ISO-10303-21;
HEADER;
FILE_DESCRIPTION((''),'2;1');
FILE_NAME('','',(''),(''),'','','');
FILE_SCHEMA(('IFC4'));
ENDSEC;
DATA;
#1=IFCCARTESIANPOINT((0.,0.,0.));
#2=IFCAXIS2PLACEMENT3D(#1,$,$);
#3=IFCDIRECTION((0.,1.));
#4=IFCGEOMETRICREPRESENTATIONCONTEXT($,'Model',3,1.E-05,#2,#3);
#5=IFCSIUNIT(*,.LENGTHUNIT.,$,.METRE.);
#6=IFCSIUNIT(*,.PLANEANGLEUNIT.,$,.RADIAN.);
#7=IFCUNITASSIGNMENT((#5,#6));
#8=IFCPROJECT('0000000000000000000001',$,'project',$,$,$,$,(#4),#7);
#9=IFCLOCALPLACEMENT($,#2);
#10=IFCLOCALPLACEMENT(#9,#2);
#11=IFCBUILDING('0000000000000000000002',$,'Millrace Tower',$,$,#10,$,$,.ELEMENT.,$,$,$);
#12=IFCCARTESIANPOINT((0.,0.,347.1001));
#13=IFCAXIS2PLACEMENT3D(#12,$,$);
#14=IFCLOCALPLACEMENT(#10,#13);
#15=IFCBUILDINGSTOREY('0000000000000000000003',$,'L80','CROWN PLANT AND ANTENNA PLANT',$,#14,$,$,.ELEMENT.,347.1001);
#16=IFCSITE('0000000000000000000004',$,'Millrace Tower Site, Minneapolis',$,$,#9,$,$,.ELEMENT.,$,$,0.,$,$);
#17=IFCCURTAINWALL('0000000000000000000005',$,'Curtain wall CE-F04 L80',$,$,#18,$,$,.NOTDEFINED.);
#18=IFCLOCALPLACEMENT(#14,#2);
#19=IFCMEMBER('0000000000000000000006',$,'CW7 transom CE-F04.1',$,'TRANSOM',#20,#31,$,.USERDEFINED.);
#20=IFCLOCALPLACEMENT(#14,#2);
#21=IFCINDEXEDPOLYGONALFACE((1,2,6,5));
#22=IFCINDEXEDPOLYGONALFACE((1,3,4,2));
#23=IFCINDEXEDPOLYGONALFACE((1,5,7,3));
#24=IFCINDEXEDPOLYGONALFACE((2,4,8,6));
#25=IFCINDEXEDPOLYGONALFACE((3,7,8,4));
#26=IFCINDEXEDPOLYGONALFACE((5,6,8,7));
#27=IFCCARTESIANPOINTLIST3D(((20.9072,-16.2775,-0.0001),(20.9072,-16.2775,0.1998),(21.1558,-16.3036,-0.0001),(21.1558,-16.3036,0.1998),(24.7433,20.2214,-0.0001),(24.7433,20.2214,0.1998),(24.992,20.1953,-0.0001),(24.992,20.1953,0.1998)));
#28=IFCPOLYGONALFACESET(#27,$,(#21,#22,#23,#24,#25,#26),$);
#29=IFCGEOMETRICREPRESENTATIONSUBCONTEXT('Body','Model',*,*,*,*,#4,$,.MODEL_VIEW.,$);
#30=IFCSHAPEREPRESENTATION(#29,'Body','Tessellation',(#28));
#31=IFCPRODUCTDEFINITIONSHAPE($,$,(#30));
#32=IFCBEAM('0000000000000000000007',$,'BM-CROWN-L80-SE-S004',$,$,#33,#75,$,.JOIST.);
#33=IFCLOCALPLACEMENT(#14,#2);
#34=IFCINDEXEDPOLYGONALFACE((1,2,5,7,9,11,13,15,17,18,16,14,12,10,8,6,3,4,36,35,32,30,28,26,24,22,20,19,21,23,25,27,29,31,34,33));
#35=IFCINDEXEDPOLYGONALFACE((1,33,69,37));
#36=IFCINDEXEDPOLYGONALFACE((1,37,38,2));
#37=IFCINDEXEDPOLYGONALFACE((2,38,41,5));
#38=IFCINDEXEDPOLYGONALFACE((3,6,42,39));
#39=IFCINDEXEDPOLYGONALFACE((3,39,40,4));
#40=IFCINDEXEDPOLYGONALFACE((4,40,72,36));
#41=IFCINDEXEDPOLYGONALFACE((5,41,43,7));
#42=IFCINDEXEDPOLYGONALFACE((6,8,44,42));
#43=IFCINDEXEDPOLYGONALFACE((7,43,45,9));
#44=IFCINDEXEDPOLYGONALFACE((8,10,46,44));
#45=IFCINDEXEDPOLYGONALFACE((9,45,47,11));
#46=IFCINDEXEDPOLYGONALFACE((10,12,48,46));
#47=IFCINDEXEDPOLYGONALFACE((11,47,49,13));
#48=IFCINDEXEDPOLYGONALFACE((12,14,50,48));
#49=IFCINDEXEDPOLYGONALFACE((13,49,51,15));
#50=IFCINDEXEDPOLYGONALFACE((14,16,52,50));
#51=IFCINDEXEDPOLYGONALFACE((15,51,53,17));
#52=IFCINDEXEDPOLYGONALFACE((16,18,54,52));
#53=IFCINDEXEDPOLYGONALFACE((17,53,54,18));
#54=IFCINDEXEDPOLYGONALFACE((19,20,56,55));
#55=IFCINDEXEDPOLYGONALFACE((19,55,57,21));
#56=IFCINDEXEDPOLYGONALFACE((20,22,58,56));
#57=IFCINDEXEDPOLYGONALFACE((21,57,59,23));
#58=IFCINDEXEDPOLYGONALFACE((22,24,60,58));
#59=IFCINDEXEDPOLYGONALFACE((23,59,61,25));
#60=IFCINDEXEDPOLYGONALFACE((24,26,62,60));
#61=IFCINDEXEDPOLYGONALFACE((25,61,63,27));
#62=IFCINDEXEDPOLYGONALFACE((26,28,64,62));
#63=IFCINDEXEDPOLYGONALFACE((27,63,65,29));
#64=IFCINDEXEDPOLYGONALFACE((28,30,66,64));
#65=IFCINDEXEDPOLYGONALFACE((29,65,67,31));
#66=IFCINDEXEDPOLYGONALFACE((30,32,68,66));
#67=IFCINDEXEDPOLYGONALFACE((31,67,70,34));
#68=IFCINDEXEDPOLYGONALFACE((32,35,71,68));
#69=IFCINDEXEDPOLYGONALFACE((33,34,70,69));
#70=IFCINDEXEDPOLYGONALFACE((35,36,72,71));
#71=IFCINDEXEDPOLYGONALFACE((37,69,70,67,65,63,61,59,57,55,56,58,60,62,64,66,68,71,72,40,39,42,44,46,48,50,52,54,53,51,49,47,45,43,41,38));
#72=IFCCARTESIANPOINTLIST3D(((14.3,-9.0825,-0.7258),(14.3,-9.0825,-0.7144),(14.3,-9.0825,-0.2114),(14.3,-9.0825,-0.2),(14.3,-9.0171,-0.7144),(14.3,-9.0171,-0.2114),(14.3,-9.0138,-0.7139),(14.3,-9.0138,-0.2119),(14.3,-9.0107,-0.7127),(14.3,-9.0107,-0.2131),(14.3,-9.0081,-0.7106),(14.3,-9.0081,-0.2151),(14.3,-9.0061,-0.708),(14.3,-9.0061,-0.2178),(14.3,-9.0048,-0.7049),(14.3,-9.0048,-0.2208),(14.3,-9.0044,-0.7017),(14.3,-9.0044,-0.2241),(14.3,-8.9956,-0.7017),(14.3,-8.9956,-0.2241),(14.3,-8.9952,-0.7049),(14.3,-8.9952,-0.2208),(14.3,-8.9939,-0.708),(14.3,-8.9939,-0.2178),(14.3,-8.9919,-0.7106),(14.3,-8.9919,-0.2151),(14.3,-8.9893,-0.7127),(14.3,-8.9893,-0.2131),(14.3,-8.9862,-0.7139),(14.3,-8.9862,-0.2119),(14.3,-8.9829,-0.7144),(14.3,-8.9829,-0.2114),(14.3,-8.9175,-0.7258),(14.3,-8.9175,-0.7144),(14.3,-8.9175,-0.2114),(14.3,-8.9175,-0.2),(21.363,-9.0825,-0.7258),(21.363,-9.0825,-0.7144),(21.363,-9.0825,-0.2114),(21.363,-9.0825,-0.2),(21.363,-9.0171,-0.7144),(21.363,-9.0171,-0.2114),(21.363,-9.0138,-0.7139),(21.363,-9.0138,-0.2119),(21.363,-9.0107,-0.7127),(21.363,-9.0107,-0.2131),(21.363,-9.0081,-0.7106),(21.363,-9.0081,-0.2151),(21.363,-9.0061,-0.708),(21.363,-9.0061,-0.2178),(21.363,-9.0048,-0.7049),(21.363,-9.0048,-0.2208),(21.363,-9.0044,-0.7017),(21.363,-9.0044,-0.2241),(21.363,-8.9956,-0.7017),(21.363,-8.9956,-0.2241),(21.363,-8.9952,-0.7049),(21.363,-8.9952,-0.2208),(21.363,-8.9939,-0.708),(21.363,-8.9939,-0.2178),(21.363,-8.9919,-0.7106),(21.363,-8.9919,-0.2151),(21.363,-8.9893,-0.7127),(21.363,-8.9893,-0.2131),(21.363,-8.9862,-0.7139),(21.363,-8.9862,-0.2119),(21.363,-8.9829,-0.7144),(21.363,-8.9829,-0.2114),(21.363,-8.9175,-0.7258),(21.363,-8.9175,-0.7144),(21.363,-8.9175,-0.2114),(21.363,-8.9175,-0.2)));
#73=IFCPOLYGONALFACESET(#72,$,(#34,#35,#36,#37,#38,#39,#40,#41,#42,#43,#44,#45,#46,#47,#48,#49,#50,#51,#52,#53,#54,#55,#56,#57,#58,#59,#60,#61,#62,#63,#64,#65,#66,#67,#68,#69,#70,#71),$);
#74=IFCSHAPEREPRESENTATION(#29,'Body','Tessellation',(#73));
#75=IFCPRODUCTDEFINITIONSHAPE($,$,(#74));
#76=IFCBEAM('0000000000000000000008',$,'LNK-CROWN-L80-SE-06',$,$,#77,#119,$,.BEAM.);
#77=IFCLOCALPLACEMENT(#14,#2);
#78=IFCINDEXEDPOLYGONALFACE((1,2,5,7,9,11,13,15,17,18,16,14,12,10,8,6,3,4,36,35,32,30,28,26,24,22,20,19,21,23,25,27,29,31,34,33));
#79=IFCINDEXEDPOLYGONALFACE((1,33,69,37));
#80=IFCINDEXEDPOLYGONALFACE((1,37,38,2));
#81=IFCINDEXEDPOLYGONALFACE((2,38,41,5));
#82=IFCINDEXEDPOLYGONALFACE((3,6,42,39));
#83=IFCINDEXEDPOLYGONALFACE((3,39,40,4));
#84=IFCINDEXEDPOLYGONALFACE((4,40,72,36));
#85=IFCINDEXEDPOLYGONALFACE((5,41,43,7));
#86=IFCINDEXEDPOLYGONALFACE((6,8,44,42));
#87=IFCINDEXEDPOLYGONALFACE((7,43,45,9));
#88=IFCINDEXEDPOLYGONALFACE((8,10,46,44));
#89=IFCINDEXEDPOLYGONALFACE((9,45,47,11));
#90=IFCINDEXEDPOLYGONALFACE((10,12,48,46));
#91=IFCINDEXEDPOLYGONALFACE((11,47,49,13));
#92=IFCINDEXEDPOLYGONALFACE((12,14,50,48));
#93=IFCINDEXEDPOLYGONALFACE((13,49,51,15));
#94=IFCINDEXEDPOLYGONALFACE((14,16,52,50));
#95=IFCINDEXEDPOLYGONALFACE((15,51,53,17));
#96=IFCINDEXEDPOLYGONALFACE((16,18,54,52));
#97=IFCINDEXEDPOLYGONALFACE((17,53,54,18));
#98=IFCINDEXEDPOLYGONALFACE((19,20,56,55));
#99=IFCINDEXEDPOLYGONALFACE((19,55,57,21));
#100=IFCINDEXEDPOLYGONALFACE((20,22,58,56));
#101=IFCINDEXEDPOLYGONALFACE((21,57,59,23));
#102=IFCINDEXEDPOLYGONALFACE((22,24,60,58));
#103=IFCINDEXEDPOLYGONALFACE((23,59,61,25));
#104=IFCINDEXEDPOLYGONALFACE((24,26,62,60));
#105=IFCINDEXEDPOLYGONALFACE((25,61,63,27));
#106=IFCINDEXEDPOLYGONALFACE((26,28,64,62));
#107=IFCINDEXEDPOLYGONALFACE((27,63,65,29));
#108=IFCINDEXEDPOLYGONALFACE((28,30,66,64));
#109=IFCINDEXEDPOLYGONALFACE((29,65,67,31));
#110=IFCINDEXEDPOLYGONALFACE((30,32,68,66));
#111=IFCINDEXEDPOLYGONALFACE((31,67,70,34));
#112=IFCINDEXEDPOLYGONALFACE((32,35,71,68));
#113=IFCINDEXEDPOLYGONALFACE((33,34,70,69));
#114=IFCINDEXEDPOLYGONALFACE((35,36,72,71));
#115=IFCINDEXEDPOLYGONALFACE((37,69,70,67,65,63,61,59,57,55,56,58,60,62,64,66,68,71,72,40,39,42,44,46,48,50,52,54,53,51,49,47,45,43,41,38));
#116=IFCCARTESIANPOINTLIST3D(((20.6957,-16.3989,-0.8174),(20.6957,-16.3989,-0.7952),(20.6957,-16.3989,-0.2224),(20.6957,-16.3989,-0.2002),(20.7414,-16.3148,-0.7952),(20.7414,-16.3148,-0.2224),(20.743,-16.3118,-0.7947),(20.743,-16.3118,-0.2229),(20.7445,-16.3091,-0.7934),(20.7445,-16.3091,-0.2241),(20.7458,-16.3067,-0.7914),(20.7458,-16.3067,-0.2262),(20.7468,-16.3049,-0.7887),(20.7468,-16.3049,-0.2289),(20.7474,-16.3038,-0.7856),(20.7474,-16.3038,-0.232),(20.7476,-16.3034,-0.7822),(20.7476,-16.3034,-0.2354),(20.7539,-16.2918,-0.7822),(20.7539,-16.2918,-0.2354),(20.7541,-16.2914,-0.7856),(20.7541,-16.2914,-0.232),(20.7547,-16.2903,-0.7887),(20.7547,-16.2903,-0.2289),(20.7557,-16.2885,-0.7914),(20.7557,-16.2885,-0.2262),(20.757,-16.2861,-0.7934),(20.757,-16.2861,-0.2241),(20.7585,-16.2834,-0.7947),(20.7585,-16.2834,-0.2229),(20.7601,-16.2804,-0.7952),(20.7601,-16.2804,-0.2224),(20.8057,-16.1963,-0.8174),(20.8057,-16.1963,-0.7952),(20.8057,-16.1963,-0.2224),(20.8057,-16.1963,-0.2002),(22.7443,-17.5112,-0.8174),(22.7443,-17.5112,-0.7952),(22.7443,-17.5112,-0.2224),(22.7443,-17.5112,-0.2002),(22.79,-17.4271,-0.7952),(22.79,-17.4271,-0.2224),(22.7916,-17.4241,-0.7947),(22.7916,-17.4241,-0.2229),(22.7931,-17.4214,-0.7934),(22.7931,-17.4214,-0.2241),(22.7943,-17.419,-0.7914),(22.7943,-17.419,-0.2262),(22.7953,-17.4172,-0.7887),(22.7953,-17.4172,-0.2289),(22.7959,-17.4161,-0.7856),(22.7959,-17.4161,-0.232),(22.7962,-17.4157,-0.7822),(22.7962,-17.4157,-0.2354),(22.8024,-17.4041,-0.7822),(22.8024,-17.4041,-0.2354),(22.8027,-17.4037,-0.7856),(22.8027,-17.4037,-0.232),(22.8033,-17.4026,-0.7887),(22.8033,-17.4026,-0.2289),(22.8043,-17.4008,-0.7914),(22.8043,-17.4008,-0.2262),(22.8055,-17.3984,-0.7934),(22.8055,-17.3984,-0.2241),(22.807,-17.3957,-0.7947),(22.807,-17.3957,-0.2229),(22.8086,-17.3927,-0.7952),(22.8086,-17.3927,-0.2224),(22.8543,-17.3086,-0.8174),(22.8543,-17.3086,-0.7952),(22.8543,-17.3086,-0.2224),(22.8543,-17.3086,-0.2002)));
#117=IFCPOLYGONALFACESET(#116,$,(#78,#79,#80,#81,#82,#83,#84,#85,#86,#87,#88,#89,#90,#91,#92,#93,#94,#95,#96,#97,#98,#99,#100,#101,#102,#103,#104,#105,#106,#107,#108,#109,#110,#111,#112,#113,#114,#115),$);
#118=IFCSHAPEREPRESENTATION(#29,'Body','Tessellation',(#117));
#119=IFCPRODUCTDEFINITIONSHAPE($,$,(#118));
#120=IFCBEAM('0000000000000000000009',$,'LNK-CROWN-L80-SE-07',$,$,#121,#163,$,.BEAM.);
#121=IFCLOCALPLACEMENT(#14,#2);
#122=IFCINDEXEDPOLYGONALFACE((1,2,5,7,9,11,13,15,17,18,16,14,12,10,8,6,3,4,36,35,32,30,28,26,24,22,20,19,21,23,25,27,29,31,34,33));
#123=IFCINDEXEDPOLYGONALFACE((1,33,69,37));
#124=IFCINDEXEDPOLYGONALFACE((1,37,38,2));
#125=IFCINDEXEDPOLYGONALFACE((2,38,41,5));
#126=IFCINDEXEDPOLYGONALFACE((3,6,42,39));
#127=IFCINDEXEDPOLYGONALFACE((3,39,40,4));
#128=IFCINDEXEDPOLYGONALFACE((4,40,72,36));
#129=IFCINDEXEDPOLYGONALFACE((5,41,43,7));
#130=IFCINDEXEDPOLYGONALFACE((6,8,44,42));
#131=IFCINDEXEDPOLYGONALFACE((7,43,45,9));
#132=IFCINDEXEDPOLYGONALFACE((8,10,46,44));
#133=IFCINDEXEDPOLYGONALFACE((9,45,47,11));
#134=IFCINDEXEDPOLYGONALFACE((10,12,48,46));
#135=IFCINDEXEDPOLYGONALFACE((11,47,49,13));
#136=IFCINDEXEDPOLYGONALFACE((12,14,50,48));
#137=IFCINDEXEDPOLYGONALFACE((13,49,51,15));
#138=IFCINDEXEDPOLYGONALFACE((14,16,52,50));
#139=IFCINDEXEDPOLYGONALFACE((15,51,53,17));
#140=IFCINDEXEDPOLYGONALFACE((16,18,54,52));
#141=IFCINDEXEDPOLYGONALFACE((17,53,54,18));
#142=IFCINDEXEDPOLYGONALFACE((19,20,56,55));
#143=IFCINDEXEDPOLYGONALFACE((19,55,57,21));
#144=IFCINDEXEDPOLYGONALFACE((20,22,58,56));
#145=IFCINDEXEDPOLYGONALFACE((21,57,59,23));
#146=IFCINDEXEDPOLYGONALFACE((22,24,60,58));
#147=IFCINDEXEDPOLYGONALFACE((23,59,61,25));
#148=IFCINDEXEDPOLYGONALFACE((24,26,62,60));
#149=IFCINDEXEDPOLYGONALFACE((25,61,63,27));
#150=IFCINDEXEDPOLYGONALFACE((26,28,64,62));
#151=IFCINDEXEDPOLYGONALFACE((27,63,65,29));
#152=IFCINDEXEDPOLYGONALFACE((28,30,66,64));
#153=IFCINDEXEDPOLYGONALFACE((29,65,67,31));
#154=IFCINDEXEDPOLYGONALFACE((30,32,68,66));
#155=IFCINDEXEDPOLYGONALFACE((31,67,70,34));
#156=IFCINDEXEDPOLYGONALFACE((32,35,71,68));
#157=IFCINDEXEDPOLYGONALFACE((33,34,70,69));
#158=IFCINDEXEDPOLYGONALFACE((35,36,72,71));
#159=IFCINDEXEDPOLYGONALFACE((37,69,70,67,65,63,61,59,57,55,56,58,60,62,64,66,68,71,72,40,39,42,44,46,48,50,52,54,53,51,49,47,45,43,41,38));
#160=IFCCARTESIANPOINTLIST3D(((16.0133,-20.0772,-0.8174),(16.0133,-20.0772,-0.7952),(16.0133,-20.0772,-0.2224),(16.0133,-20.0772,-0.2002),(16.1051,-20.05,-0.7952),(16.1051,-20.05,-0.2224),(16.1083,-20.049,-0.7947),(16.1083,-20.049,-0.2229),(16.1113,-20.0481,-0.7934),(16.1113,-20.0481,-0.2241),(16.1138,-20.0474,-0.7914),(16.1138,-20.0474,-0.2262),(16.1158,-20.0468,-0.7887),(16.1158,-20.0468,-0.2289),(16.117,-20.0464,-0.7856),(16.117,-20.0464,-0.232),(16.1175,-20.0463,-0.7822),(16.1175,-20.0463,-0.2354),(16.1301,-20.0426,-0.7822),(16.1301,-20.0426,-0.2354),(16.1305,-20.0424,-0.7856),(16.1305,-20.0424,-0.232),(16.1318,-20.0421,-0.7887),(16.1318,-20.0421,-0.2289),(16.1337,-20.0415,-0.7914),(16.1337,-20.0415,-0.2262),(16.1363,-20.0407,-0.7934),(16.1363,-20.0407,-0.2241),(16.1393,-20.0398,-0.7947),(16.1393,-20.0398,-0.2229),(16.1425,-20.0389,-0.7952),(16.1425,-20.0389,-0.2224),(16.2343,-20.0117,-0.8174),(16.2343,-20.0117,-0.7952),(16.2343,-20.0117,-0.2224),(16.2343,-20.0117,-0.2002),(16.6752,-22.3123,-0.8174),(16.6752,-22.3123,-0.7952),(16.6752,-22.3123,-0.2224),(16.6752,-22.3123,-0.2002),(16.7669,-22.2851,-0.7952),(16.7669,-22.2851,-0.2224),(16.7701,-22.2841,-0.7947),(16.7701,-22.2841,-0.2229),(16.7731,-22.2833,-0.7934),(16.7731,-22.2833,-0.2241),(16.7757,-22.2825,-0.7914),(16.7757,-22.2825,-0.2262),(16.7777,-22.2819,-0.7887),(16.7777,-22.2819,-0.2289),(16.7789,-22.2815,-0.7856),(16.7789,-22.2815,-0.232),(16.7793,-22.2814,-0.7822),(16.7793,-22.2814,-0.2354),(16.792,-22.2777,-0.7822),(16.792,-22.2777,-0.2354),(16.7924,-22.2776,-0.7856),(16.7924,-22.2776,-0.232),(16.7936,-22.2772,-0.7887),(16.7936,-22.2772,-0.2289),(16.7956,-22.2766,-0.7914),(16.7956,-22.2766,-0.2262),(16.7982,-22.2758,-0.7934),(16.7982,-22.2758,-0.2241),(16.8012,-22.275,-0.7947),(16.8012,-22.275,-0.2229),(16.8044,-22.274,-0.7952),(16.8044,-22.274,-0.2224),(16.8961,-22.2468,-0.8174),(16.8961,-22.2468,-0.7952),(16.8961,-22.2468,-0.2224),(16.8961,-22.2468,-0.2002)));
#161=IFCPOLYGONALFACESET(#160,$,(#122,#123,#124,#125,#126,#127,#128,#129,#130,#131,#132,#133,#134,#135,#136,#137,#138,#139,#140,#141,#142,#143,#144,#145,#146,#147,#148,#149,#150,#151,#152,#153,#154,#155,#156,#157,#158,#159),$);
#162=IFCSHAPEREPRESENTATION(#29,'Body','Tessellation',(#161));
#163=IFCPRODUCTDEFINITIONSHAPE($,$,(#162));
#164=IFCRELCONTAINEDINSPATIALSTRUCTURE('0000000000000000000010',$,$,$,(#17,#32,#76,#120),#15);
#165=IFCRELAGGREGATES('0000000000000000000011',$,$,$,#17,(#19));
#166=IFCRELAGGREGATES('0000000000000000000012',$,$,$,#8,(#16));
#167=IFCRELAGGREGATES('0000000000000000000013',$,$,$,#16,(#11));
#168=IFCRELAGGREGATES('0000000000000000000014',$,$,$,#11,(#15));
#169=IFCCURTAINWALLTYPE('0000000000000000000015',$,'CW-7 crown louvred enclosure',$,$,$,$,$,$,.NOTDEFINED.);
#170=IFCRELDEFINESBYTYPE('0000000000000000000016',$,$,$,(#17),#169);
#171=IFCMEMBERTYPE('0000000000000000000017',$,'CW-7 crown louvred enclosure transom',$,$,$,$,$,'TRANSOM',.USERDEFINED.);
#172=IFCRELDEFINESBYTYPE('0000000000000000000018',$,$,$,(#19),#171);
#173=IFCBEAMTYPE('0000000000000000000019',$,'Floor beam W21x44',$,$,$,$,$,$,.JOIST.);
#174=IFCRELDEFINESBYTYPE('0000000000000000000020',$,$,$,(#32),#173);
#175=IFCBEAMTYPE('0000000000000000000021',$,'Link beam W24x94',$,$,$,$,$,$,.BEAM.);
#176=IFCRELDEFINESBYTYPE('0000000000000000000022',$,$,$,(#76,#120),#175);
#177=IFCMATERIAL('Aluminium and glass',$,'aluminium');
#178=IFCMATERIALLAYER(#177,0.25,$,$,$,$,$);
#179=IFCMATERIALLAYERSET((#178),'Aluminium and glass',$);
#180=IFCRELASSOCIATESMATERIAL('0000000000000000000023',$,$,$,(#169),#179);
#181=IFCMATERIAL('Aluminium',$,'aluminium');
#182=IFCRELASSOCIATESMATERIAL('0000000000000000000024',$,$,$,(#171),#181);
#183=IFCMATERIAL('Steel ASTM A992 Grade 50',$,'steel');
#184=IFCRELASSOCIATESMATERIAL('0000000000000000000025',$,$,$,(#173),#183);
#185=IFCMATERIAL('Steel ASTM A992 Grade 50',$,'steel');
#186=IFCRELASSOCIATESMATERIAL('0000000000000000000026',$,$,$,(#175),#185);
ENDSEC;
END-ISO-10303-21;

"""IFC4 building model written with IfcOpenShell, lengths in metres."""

from ifc_helpers import new_model, si_unit, direction, frame, origin, origin_2d, place, context, subcontext, project, spatial, rectangle, i_section, extrude, material, layer, layer_set, material_profile, profile_set, type_object, element, aggregate, save


model = new_model("IFC4")

# Units and contexts
model_context = context("Model", 3, precision=1e-05, world=origin(), true_north=direction((0.0, 1.0)))
body_context = subcontext(model_context, "Body", "Model", "MODEL_VIEW")
ifc_project = project(units=[si_unit("LENGTHUNIT", "METRE"), si_unit("PLANEANGLEUNIT", "RADIAN")], contexts=[model_context])

# Site, building, storey
site_placement = place(None, origin())
site = spatial("IfcSite", under=ifc_project, at=site_placement, Name="Millrace Tower Site, Minneapolis", CompositionType="ELEMENT", RefElevation=0.0)
building_placement = place(site_placement, origin())
building = spatial("IfcBuilding", under=site, at=building_placement, Name="Millrace Tower", CompositionType="ELEMENT")
storey_placement = place(building_placement, frame((0.0, 0.0, 347.1001)))
storey = spatial("IfcBuildingStorey", under=building, at=storey_placement, Name="L80", Description="CROWN PLANT AND ANTENNA PLANT", CompositionType="ELEMENT", Elevation=347.1001)

# Shared definitions
ifc_material_1 = material(Name="Aluminium and glass", Category="aluminium")
ifc_layer_1 = layer(ifc_material_1, 0.25)
ifc_layer_set_1 = layer_set([ifc_layer_1], Name="Aluminium and glass")
curtain_wall_type = type_object("IfcCurtainWallType", Name="CW-7 crown louvred enclosure", PredefinedType="NOTDEFINED", material=ifc_layer_set_1)
placement = place(storey_placement, origin())

# Curtain wall
curtain_wall_1 = element("IfcCurtainWall", 1, at=placement, inside=storey, type_object=curtain_wall_type, Name="Curtain wall CE-F04 L80", PredefinedType="NOTDEFINED")

# Member
ifc_material_2 = material(Name="Aluminium", Category="aluminium")
ifc_material_profile_1 = material_profile(ifc_material_2, rectangle(XDim=0.25, YDim=0.2, at=origin_2d()))
ifc_profile_set_1 = profile_set([ifc_material_profile_1], Name="Aluminium")
member_type_1 = type_object("IfcMemberType", Name="CW-7 crown louvred enclosure transom", ElementType="TRANSOM", PredefinedType="USERDEFINED", material=ifc_profile_set_1)
member_1_placement = place(storey_placement, frame((21.0315, -16.2905, 0.0999), z_axis=(0.104528, 0.994522, 0.0), x_axis=(-0.994522, 0.104528, 0.0)))
member_1 = element("IfcMember", 2, at=member_1_placement, type_object=member_type_1, Name="CW7 transom CE-F04.1", ObjectType="TRANSOM", PredefinedType="USERDEFINED", context=body_context, shape_type="SweptSolid", body=[
    extrude(rectangle(XDim=0.25, YDim=0.2, at=origin_2d()), origin(), (0.0, 0.0, 1.0), 36.7),
])
aggregate(curtain_wall_1, [member_1])

# Beams
ifc_material_3 = material(Name="Steel ASTM A992 Grade 50", Category="steel")
ifc_material_profile_2 = material_profile(ifc_material_3, i_section(OverallWidth=0.165, OverallDepth=0.5259, WebThickness=0.0088, FlangeThickness=0.0115, FilletRadius=0.0127, at=origin_2d()))
ifc_profile_set_2 = profile_set([ifc_material_profile_2], Name="Steel ASTM A992 Grade 50")
beam_type_1 = type_object("IfcBeamType", Name="Floor beam W21x44", PredefinedType="JOIST", material=ifc_profile_set_2)
beam_1_placement = place(storey_placement, frame((14.3, -9.0, -0.4629), z_axis=(1.0, 0.0, 0.0), x_axis=(0.0, 1.0, 0.0)))
element("IfcBeam", 3, at=beam_1_placement, inside=storey, type_object=beam_type_1, Name="BM-CROWN-L80-SE-S004", PredefinedType="JOIST", context=body_context, shape_type="SweptSolid", body=[
    extrude(i_section(OverallWidth=0.165, OverallDepth=0.5259, WebThickness=0.0088, FlangeThickness=0.0115, FilletRadius=0.0127, at=origin_2d()), origin(), (0.0, 0.0, 1.0), 7.063),
])
ifc_material_4 = material(Name="Steel ASTM A992 Grade 50", Category="steel")
ifc_material_profile_3 = material_profile(ifc_material_4, i_section(OverallWidth=0.2305, OverallDepth=0.6172, WebThickness=0.0132, FlangeThickness=0.0222, FilletRadius=0.0129, at=origin_2d()))
ifc_profile_set_3 = profile_set([ifc_material_profile_3], Name="Steel ASTM A992 Grade 50")
beam_type_2 = type_object("IfcBeamType", Name="Link beam W24x94", PredefinedType="BEAM", material=ifc_profile_set_3)
for number, where, z_axis, x_axis, name in (
    (4, (20.7507, -16.2976, -0.5088), (0.878815, -0.477164, 0.0), (0.477164, 0.878815, 0.0), "LNK-CROWN-L80-SE-06"),
    (5, (16.1238, -20.0444, -0.5088), (0.283935, -0.958844, 0.0), (0.958844, 0.283935, 0.0), "LNK-CROWN-L80-SE-07"),
):
    element("IfcBeam", number, at=place(storey_placement, frame(where, z_axis=z_axis, x_axis=x_axis)), inside=storey, type_object=beam_type_2, Name=name, PredefinedType="BEAM", context=body_context, shape_type="SweptSolid", body=[
        extrude(i_section(OverallWidth=0.2305, OverallDepth=0.6172, WebThickness=0.0132, FlangeThickness=0.0222, FilletRadius=0.0129, at=origin_2d()), origin(), (0.0, 0.0, 1.0), 2.3311),
    ])

save(model, "model.ifc")
